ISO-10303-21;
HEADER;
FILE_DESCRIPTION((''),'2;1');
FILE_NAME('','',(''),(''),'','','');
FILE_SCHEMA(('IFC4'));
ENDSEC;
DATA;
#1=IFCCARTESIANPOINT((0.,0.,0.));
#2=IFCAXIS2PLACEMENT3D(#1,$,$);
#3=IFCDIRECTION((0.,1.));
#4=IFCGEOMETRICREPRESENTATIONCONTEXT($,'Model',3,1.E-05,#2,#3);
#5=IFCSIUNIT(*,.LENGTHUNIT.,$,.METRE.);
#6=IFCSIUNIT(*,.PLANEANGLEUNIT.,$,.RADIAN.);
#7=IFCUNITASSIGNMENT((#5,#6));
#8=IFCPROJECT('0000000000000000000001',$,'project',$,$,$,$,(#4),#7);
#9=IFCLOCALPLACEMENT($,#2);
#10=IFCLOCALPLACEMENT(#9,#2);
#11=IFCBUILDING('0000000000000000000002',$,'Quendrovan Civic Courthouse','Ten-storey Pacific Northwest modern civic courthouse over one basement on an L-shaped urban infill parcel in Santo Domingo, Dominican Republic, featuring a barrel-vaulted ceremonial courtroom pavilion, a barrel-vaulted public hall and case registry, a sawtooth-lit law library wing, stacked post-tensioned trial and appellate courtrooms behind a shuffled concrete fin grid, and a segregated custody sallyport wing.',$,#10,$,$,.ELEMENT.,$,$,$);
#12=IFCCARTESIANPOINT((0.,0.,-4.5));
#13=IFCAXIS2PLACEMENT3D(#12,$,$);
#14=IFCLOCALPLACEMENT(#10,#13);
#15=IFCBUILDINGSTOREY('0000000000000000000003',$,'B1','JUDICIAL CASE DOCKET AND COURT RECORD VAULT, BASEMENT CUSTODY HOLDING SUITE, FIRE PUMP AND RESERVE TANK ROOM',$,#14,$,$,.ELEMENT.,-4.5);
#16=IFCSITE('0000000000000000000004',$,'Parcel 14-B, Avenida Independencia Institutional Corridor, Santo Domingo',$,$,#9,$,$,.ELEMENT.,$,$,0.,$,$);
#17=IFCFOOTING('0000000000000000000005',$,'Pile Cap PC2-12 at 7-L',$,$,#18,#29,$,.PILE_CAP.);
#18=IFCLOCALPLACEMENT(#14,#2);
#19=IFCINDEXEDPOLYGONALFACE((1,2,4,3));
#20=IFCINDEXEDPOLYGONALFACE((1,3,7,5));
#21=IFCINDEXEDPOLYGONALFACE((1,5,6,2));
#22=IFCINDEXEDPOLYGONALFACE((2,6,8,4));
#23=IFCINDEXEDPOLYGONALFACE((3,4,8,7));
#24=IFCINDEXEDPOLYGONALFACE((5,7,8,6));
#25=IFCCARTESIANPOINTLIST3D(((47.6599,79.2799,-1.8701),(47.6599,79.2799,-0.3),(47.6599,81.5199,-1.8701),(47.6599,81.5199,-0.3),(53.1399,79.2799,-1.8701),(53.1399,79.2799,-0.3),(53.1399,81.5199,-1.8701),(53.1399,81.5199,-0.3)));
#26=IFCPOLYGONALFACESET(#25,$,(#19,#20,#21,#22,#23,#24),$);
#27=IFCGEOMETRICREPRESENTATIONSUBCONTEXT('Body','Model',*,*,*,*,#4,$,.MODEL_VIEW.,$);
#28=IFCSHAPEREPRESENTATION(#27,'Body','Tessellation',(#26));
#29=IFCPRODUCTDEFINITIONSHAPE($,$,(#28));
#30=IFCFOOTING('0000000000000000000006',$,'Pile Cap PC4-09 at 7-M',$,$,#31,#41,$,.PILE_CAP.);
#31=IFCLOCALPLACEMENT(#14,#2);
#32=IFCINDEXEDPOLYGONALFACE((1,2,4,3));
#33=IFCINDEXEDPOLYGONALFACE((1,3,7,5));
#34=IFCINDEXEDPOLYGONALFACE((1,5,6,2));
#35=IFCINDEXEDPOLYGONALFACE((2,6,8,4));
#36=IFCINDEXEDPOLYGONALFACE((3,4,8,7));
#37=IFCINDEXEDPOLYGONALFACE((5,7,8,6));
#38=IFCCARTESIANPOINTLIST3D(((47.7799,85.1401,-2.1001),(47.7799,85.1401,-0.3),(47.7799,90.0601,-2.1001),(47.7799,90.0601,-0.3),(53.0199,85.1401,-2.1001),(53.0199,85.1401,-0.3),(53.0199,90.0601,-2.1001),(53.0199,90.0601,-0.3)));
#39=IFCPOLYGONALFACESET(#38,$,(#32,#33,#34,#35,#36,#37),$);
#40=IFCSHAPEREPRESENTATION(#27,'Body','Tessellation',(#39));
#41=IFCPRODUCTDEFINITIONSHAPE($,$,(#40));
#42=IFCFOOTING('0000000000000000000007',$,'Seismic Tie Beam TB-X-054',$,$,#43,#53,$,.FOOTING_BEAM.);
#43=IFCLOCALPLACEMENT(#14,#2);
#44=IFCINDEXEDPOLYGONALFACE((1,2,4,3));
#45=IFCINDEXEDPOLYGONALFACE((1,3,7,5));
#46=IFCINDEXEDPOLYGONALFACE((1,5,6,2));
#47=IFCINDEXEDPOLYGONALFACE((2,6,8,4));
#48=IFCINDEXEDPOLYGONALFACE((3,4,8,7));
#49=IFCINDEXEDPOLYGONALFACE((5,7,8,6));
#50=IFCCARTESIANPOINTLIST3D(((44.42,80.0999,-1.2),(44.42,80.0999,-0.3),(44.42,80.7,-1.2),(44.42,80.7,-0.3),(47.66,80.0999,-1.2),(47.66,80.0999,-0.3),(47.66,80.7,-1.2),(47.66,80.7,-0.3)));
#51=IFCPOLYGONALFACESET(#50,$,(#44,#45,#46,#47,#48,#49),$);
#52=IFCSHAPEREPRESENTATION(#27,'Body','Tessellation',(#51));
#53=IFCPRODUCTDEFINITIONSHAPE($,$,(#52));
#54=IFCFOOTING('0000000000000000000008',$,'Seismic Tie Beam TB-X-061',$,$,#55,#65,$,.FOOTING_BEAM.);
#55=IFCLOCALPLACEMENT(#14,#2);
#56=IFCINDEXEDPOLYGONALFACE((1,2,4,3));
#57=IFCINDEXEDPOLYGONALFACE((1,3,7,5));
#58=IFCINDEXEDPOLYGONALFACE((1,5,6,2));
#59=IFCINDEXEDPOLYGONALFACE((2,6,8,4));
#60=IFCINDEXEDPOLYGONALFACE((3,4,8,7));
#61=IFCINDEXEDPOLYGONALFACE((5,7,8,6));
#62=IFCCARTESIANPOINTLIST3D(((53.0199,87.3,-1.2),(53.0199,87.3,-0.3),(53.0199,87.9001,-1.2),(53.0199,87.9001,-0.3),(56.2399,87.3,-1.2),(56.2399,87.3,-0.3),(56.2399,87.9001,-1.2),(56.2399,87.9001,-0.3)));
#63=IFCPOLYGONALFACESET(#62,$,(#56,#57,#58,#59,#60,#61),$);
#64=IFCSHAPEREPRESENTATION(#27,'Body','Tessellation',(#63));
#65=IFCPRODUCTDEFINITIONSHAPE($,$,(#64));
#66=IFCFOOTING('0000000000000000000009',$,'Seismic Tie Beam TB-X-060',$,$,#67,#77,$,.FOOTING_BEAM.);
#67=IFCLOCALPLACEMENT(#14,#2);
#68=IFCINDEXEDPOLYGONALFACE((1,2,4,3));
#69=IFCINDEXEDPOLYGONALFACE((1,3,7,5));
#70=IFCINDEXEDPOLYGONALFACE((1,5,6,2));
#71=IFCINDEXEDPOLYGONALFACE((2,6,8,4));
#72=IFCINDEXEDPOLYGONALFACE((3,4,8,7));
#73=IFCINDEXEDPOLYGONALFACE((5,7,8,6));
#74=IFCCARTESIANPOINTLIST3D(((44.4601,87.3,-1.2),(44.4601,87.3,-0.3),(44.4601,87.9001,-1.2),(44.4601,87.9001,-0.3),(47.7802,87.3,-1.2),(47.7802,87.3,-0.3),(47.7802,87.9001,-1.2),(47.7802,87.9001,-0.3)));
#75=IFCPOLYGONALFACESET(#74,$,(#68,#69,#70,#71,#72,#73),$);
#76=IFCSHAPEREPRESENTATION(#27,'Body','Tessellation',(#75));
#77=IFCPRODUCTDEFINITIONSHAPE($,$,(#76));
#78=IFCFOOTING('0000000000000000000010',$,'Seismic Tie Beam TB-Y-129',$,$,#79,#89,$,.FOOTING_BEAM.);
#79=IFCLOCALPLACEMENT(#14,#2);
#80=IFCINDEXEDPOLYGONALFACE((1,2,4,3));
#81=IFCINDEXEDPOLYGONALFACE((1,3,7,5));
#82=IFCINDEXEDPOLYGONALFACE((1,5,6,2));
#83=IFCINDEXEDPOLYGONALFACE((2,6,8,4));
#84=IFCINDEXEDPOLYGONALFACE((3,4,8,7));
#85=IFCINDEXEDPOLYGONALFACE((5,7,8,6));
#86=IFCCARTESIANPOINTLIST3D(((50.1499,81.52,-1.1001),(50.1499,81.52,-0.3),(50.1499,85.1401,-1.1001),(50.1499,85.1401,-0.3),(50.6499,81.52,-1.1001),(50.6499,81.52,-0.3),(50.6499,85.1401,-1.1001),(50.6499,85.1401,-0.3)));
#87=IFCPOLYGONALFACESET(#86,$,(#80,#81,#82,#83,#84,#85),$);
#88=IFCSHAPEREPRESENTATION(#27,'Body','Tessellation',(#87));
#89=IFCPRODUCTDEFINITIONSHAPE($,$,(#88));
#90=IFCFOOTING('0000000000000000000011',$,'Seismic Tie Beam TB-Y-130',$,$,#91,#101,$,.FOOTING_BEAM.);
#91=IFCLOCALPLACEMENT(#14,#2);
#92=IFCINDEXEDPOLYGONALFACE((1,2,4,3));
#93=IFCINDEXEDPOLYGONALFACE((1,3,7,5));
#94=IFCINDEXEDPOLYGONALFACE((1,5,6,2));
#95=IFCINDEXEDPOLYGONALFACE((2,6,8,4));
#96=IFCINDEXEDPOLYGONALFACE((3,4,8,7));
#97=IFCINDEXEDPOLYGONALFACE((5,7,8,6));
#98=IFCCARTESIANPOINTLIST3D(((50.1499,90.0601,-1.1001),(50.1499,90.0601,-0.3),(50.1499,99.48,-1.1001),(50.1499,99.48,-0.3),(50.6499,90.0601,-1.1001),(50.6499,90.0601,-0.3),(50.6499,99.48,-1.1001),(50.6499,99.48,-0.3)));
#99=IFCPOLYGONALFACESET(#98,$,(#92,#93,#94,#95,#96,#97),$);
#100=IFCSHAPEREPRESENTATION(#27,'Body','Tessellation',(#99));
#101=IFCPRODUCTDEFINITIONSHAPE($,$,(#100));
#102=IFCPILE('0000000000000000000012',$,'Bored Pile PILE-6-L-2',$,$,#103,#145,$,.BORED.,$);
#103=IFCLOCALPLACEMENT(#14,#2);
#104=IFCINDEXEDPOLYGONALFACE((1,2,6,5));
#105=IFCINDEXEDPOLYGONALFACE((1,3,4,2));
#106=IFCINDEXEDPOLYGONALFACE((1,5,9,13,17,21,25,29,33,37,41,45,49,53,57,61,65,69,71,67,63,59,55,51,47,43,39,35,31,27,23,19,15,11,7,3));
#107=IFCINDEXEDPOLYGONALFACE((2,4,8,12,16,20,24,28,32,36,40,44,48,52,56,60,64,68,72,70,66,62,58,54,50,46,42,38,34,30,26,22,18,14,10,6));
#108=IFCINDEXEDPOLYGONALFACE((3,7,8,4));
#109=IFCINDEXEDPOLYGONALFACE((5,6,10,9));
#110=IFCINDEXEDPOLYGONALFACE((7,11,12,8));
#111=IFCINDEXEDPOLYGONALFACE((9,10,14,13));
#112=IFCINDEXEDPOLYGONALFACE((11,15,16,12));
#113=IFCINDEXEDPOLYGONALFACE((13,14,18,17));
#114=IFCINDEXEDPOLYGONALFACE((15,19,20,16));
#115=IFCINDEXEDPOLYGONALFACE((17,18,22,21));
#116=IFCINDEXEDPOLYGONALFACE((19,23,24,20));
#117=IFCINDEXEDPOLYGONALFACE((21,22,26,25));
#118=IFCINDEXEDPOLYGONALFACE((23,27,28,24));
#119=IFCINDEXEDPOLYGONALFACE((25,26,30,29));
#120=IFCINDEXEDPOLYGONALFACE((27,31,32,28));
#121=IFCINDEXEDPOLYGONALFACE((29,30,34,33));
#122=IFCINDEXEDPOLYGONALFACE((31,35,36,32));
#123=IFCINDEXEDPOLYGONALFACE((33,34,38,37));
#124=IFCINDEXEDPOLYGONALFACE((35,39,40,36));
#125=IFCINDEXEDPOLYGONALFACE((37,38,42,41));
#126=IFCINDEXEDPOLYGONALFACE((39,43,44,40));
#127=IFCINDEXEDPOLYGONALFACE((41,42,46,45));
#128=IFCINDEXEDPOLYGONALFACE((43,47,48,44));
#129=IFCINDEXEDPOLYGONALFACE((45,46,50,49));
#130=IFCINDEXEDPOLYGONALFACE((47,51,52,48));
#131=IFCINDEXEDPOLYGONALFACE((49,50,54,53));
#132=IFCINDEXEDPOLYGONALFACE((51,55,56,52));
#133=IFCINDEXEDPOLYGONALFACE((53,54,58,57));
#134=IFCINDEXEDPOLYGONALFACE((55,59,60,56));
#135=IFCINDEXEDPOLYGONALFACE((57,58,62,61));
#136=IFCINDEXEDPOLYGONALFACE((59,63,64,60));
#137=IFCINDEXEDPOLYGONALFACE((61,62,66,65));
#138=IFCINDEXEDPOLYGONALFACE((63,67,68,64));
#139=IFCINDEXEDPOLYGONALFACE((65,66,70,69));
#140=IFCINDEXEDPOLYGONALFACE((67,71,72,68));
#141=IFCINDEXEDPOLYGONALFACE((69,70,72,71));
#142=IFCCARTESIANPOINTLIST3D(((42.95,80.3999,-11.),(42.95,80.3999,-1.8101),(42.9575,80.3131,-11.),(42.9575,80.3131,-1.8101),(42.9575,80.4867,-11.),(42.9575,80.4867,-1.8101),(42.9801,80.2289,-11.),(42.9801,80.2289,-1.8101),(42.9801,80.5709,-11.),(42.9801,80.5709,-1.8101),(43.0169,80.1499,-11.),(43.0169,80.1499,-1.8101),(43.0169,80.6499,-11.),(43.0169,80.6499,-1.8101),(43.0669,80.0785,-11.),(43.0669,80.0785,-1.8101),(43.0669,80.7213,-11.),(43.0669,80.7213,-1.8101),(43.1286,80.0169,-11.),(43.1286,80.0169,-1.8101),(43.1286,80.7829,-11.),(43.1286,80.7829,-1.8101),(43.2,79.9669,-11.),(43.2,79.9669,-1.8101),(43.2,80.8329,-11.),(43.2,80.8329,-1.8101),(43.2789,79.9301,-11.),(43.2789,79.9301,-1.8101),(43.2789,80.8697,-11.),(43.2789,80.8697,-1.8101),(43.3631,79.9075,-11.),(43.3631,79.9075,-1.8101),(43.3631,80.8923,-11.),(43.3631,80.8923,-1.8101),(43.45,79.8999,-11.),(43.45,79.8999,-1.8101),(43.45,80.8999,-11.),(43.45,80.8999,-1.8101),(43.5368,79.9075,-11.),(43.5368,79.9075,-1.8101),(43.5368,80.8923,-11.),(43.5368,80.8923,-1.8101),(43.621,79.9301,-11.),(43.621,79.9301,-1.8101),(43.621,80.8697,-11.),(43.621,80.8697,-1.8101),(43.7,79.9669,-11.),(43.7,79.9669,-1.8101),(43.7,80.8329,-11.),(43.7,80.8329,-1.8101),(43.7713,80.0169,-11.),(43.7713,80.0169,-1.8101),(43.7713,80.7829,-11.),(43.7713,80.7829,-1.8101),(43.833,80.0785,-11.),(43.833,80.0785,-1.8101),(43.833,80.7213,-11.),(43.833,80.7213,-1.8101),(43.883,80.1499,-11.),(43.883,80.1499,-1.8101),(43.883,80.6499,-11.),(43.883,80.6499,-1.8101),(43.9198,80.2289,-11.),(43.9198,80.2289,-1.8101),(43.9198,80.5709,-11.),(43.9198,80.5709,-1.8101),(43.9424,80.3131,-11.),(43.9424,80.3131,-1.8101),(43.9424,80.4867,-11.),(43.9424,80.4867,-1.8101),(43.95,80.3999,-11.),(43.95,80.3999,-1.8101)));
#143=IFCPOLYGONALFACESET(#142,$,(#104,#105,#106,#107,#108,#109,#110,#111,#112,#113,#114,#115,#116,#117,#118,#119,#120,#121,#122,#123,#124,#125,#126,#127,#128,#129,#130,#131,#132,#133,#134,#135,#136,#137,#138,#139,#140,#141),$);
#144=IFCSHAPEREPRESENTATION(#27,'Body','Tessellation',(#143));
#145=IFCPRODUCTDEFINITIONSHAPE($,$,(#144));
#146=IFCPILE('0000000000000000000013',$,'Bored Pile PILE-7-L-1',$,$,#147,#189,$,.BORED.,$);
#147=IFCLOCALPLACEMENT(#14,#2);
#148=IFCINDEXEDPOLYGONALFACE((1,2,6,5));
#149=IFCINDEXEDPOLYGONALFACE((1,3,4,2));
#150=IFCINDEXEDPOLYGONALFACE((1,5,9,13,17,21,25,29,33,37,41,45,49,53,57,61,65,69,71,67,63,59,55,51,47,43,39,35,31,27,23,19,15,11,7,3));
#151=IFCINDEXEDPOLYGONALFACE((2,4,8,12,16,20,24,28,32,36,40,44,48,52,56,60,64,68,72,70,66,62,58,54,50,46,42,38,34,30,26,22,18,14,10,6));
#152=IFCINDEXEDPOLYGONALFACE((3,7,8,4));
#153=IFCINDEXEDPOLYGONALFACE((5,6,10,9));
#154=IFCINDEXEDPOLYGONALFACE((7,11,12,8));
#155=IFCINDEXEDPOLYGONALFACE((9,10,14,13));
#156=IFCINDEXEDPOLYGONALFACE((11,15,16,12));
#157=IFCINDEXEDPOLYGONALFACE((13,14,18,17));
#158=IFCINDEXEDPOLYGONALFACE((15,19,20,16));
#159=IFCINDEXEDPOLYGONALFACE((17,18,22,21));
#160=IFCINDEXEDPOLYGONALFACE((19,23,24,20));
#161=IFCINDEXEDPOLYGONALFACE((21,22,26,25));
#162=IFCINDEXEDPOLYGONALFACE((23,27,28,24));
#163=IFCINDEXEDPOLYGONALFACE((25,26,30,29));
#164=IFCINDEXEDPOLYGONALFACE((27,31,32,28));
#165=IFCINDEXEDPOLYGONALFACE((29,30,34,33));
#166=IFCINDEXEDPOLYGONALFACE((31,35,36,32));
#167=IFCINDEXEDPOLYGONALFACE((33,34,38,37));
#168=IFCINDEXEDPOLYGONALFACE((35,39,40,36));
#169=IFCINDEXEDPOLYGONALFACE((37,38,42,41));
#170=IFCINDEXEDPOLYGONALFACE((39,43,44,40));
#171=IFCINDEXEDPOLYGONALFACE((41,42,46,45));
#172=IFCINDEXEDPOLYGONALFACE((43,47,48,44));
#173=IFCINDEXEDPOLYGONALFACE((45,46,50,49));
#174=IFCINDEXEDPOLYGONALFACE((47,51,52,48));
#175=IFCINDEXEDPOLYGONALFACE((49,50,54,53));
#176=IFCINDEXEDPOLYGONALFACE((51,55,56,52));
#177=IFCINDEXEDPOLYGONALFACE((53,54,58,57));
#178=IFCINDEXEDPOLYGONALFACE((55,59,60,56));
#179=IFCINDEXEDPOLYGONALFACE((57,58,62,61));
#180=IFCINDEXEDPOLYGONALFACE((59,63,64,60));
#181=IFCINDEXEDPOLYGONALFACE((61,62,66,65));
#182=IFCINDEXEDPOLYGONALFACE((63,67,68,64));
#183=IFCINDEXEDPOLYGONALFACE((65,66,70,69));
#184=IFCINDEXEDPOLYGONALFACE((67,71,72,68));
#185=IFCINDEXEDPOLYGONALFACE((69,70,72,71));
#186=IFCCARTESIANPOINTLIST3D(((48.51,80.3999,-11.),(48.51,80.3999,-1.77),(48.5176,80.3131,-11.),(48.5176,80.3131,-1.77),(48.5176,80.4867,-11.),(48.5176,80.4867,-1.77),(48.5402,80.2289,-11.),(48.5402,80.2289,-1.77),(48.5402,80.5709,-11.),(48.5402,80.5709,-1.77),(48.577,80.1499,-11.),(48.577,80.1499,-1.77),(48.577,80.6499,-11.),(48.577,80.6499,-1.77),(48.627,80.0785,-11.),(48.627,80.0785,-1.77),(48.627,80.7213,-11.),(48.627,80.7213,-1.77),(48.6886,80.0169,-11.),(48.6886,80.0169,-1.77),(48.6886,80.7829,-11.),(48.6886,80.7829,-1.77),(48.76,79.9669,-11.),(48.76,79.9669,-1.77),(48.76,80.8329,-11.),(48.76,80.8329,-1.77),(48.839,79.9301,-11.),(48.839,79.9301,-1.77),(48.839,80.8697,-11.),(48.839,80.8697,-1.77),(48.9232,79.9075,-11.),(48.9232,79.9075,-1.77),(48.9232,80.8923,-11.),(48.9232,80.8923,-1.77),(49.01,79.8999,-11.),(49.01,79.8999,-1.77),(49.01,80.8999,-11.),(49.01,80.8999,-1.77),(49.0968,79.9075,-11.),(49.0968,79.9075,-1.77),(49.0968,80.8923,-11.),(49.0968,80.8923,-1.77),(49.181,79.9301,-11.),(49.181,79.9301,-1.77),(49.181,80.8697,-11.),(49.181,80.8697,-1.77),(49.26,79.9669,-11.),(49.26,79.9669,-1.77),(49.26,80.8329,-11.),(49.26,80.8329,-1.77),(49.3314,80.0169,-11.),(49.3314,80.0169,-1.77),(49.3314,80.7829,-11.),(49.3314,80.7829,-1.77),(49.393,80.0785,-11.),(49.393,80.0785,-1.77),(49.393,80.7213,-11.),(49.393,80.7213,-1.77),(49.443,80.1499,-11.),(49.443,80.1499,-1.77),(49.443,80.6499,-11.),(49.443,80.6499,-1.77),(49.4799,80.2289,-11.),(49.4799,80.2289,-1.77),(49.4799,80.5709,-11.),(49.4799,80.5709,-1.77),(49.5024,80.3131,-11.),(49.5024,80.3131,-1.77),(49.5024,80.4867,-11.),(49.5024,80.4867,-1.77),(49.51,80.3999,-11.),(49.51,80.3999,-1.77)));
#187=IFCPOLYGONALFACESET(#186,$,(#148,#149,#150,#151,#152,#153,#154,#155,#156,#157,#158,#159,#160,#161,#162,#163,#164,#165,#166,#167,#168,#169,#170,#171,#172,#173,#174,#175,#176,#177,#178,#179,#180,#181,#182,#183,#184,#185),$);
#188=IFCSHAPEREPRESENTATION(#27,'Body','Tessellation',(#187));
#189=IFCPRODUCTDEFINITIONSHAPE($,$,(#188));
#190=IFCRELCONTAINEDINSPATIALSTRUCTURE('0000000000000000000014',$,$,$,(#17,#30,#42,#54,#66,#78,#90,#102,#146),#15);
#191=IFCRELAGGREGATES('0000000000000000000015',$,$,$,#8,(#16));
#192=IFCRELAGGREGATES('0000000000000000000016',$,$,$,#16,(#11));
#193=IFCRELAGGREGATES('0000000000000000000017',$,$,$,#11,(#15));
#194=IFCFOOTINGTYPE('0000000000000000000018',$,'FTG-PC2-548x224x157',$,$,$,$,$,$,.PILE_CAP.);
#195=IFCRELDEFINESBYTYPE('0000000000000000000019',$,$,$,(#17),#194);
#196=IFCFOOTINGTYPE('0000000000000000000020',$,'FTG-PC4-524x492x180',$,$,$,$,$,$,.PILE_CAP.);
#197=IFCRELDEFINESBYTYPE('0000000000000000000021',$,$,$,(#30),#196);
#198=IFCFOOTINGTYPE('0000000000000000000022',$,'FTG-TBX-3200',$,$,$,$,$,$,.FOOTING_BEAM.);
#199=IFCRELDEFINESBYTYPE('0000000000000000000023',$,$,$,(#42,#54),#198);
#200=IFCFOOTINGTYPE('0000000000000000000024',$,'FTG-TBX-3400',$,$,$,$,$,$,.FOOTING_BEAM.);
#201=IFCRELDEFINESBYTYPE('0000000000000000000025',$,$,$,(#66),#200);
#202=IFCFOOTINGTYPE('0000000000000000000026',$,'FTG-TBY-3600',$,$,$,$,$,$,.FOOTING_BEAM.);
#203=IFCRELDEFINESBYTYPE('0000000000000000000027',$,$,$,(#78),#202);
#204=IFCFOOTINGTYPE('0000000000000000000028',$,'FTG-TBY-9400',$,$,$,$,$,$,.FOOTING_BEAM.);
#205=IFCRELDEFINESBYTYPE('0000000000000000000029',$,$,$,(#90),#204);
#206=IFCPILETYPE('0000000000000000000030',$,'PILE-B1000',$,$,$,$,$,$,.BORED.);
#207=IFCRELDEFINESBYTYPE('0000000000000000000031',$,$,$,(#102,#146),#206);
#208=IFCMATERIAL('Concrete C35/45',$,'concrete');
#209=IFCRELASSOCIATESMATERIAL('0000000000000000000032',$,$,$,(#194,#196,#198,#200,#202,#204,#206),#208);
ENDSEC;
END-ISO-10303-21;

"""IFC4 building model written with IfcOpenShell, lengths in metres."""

from ifc_helpers import new_model, si_unit, direction, frame, origin, origin_2d, place, context, subcontext, project, spatial, rectangle, circle, extrude, material, material_profile, profile_set, type_object, element, save


model = new_model("IFC4")

# Units and contexts
model_context = context("Model", 3, precision=1e-05, world=origin(), true_north=direction((0.0, 1.0)))
body_context = subcontext(model_context, "Body", "Model", "MODEL_VIEW")
ifc_project = project(units=[si_unit("LENGTHUNIT", "METRE"), si_unit("PLANEANGLEUNIT", "RADIAN")], contexts=[model_context])

# Site, building, storey
site_placement = place(None, origin())
site = spatial("IfcSite", under=ifc_project, at=site_placement, Name="Parcel 14-B, Avenida Independencia Institutional Corridor, Santo Domingo", CompositionType="ELEMENT", RefElevation=0.0)
building_placement = place(site_placement, origin())
building = spatial("IfcBuilding", under=site, at=building_placement, Name="Quendrovan Civic Courthouse", Description="Ten-storey Pacific Northwest modern civic courthouse over one basement on an L-shaped urban infill parcel in Santo Domingo, Dominican Republic, featuring a barrel-vaulted ceremonial courtroom pavilion, a barrel-vaulted public hall and case registry, a sawtooth-lit law library wing, stacked post-tensioned trial and appellate courtrooms behind a shuffled concrete fin grid, and a segregated custody sallyport wing.", CompositionType="ELEMENT")
storey_placement = place(building_placement, frame((0.0, 0.0, -4.5)))
storey = spatial("IfcBuildingStorey", under=building, at=storey_placement, Name="B1", Description="JUDICIAL CASE DOCKET AND COURT RECORD VAULT, BASEMENT CUSTODY HOLDING SUITE, FIRE PUMP AND RESERVE TANK ROOM", CompositionType="ELEMENT", Elevation=-4.5)

# Footings
ifc_material_1 = material(Name="Concrete C35/45", Category="concrete")
footing_type_1 = type_object("IfcFootingType", Name="FTG-PC2-548x224x157", PredefinedType="PILE_CAP", material=ifc_material_1)
footing_1_placement = place(storey_placement, frame((50.3999, 80.3999, -1.8701), z_axis=(0.0, 0.0, 1.0), x_axis=(1.0, 0.0, 0.0)))
element("IfcFooting", 1, at=footing_1_placement, inside=storey, type_object=footing_type_1, Name="Pile Cap PC2-12 at 7-L", PredefinedType="PILE_CAP", context=body_context, shape_type="SweptSolid", body=[
    extrude(rectangle(XDim=5.48, YDim=2.24, at=origin_2d()), origin(), (0.0, 0.0, 1.0), 1.5701),
])
footing_type_2 = type_object("IfcFootingType", Name="FTG-PC4-524x492x180", PredefinedType="PILE_CAP", material=ifc_material_1)
footing_2_placement = place(storey_placement, frame((50.3999, 87.6001, -2.1001), z_axis=(0.0, 0.0, 1.0), x_axis=(1.0, 0.0, 0.0)))
element("IfcFooting", 2, at=footing_2_placement, inside=storey, type_object=footing_type_2, Name="Pile Cap PC4-09 at 7-M", PredefinedType="PILE_CAP", context=body_context, shape_type="SweptSolid", body=[
    extrude(rectangle(XDim=5.24, YDim=4.9199, at=origin_2d()), origin(), (0.0, 0.0, 1.0), 1.8),
])
footing_type_3 = type_object("IfcFootingType", Name="FTG-TBX-3200", PredefinedType="FOOTING_BEAM", material=ifc_material_1)
footing_3_placement = place(storey_placement, frame((46.04, 80.3999, -1.2), z_axis=(0.0, 0.0, 1.0), x_axis=(1.0, 0.0, 0.0)))
element("IfcFooting", 3, at=footing_3_placement, inside=storey, type_object=footing_type_3, Name="Seismic Tie Beam TB-X-054", PredefinedType="FOOTING_BEAM", context=body_context, shape_type="SweptSolid", body=[
    extrude(rectangle(XDim=3.24, YDim=0.6001, at=origin_2d()), origin(), (0.0, 0.0, 1.0), 0.8999),
])
footing_4_placement = place(storey_placement, frame((54.6299, 87.6001, -1.2), z_axis=(0.0, 0.0, 1.0), x_axis=(1.0, 0.0, 0.0)))
element("IfcFooting", 4, at=footing_4_placement, inside=storey, type_object=footing_type_3, Name="Seismic Tie Beam TB-X-061", PredefinedType="FOOTING_BEAM", context=body_context, shape_type="SweptSolid", body=[
    extrude(rectangle(XDim=3.22, YDim=0.6001, at=origin_2d()), origin(), (0.0, 0.0, 1.0), 0.8999),
])
footing_type_4 = type_object("IfcFootingType", Name="FTG-TBX-3400", PredefinedType="FOOTING_BEAM", material=ifc_material_1)
footing_5_placement = place(storey_placement, frame((46.1201, 87.6001, -1.2), z_axis=(0.0, 0.0, 1.0), x_axis=(1.0, 0.0, 0.0)))
element("IfcFooting", 5, at=footing_5_placement, inside=storey, type_object=footing_type_4, Name="Seismic Tie Beam TB-X-060", PredefinedType="FOOTING_BEAM", context=body_context, shape_type="SweptSolid", body=[
    extrude(rectangle(XDim=3.3201, YDim=0.6001, at=origin_2d()), origin(), (0.0, 0.0, 1.0), 0.8999),
])
footing_type_5 = type_object("IfcFootingType", Name="FTG-TBY-3600", PredefinedType="FOOTING_BEAM", material=ifc_material_1)
footing_6_placement = place(storey_placement, frame((50.3999, 83.3301, -1.1001), z_axis=(0.0, 0.0, 1.0), x_axis=(1.0, 0.0, 0.0)))
element("IfcFooting", 6, at=footing_6_placement, inside=storey, type_object=footing_type_5, Name="Seismic Tie Beam TB-Y-129", PredefinedType="FOOTING_BEAM", context=body_context, shape_type="SweptSolid", body=[
    extrude(rectangle(XDim=0.5, YDim=3.6201, at=origin_2d()), origin(), (0.0, 0.0, 1.0), 0.8),
])
footing_type_6 = type_object("IfcFootingType", Name="FTG-TBY-9400", PredefinedType="FOOTING_BEAM", material=ifc_material_1)
footing_7_placement = place(storey_placement, frame((50.3999, 94.77, -1.1001), z_axis=(0.0, 0.0, 1.0), x_axis=(1.0, 0.0, 0.0)))
element("IfcFooting", 7, at=footing_7_placement, inside=storey, type_object=footing_type_6, Name="Seismic Tie Beam TB-Y-130", PredefinedType="FOOTING_BEAM", context=body_context, shape_type="SweptSolid", body=[
    extrude(rectangle(XDim=0.5, YDim=9.4199, at=origin_2d()), origin(), (0.0, 0.0, 1.0), 0.8),
])

# Piles
ifc_material_profile_1 = material_profile(ifc_material_1, circle(Radius=0.5, at=origin_2d()), Name="PILE-D1000")
ifc_profile_set_1 = profile_set([ifc_material_profile_1], Name="Concrete C35/45")
pile_type_1 = type_object("IfcPileType", Name="PILE-B1000", PredefinedType="BORED", material=ifc_profile_set_1)
pile_placement = place(storey_placement, frame((43.45, 80.3999, -1.8101), z_axis=(0.0, 0.0, -1.0), x_axis=(1.0, 0.0, 0.0)))
element("IfcPile", 8, at=pile_placement, inside=storey, type_object=pile_type_1, Name="Bored Pile PILE-6-L-2", PredefinedType="BORED", context=body_context, shape_type="SweptSolid", body=[
    extrude(circle(Radius=0.5, at=origin_2d()), origin(), (0.0, 0.0, 1.0), 9.1899),
])
for number, where, z_axis, x_axis, name in (
    (9, (49.01, 80.3999, -1.77), (0.0, 0.0, -1.0), (1.0, 0.0, 0.0), "Bored Pile PILE-7-L-1"),
):
    element("IfcPile", number, at=place(storey_placement, frame(where, z_axis=z_axis, x_axis=x_axis)), inside=storey, type_object=pile_type_1, Name=name, PredefinedType="BORED", context=body_context, shape_type="SweptSolid", body=[
        extrude(circle(Radius=0.5, at=origin_2d()), origin(), (0.0, 0.0, 1.0), 9.23),
    ])

save(model, "model.ifc")
